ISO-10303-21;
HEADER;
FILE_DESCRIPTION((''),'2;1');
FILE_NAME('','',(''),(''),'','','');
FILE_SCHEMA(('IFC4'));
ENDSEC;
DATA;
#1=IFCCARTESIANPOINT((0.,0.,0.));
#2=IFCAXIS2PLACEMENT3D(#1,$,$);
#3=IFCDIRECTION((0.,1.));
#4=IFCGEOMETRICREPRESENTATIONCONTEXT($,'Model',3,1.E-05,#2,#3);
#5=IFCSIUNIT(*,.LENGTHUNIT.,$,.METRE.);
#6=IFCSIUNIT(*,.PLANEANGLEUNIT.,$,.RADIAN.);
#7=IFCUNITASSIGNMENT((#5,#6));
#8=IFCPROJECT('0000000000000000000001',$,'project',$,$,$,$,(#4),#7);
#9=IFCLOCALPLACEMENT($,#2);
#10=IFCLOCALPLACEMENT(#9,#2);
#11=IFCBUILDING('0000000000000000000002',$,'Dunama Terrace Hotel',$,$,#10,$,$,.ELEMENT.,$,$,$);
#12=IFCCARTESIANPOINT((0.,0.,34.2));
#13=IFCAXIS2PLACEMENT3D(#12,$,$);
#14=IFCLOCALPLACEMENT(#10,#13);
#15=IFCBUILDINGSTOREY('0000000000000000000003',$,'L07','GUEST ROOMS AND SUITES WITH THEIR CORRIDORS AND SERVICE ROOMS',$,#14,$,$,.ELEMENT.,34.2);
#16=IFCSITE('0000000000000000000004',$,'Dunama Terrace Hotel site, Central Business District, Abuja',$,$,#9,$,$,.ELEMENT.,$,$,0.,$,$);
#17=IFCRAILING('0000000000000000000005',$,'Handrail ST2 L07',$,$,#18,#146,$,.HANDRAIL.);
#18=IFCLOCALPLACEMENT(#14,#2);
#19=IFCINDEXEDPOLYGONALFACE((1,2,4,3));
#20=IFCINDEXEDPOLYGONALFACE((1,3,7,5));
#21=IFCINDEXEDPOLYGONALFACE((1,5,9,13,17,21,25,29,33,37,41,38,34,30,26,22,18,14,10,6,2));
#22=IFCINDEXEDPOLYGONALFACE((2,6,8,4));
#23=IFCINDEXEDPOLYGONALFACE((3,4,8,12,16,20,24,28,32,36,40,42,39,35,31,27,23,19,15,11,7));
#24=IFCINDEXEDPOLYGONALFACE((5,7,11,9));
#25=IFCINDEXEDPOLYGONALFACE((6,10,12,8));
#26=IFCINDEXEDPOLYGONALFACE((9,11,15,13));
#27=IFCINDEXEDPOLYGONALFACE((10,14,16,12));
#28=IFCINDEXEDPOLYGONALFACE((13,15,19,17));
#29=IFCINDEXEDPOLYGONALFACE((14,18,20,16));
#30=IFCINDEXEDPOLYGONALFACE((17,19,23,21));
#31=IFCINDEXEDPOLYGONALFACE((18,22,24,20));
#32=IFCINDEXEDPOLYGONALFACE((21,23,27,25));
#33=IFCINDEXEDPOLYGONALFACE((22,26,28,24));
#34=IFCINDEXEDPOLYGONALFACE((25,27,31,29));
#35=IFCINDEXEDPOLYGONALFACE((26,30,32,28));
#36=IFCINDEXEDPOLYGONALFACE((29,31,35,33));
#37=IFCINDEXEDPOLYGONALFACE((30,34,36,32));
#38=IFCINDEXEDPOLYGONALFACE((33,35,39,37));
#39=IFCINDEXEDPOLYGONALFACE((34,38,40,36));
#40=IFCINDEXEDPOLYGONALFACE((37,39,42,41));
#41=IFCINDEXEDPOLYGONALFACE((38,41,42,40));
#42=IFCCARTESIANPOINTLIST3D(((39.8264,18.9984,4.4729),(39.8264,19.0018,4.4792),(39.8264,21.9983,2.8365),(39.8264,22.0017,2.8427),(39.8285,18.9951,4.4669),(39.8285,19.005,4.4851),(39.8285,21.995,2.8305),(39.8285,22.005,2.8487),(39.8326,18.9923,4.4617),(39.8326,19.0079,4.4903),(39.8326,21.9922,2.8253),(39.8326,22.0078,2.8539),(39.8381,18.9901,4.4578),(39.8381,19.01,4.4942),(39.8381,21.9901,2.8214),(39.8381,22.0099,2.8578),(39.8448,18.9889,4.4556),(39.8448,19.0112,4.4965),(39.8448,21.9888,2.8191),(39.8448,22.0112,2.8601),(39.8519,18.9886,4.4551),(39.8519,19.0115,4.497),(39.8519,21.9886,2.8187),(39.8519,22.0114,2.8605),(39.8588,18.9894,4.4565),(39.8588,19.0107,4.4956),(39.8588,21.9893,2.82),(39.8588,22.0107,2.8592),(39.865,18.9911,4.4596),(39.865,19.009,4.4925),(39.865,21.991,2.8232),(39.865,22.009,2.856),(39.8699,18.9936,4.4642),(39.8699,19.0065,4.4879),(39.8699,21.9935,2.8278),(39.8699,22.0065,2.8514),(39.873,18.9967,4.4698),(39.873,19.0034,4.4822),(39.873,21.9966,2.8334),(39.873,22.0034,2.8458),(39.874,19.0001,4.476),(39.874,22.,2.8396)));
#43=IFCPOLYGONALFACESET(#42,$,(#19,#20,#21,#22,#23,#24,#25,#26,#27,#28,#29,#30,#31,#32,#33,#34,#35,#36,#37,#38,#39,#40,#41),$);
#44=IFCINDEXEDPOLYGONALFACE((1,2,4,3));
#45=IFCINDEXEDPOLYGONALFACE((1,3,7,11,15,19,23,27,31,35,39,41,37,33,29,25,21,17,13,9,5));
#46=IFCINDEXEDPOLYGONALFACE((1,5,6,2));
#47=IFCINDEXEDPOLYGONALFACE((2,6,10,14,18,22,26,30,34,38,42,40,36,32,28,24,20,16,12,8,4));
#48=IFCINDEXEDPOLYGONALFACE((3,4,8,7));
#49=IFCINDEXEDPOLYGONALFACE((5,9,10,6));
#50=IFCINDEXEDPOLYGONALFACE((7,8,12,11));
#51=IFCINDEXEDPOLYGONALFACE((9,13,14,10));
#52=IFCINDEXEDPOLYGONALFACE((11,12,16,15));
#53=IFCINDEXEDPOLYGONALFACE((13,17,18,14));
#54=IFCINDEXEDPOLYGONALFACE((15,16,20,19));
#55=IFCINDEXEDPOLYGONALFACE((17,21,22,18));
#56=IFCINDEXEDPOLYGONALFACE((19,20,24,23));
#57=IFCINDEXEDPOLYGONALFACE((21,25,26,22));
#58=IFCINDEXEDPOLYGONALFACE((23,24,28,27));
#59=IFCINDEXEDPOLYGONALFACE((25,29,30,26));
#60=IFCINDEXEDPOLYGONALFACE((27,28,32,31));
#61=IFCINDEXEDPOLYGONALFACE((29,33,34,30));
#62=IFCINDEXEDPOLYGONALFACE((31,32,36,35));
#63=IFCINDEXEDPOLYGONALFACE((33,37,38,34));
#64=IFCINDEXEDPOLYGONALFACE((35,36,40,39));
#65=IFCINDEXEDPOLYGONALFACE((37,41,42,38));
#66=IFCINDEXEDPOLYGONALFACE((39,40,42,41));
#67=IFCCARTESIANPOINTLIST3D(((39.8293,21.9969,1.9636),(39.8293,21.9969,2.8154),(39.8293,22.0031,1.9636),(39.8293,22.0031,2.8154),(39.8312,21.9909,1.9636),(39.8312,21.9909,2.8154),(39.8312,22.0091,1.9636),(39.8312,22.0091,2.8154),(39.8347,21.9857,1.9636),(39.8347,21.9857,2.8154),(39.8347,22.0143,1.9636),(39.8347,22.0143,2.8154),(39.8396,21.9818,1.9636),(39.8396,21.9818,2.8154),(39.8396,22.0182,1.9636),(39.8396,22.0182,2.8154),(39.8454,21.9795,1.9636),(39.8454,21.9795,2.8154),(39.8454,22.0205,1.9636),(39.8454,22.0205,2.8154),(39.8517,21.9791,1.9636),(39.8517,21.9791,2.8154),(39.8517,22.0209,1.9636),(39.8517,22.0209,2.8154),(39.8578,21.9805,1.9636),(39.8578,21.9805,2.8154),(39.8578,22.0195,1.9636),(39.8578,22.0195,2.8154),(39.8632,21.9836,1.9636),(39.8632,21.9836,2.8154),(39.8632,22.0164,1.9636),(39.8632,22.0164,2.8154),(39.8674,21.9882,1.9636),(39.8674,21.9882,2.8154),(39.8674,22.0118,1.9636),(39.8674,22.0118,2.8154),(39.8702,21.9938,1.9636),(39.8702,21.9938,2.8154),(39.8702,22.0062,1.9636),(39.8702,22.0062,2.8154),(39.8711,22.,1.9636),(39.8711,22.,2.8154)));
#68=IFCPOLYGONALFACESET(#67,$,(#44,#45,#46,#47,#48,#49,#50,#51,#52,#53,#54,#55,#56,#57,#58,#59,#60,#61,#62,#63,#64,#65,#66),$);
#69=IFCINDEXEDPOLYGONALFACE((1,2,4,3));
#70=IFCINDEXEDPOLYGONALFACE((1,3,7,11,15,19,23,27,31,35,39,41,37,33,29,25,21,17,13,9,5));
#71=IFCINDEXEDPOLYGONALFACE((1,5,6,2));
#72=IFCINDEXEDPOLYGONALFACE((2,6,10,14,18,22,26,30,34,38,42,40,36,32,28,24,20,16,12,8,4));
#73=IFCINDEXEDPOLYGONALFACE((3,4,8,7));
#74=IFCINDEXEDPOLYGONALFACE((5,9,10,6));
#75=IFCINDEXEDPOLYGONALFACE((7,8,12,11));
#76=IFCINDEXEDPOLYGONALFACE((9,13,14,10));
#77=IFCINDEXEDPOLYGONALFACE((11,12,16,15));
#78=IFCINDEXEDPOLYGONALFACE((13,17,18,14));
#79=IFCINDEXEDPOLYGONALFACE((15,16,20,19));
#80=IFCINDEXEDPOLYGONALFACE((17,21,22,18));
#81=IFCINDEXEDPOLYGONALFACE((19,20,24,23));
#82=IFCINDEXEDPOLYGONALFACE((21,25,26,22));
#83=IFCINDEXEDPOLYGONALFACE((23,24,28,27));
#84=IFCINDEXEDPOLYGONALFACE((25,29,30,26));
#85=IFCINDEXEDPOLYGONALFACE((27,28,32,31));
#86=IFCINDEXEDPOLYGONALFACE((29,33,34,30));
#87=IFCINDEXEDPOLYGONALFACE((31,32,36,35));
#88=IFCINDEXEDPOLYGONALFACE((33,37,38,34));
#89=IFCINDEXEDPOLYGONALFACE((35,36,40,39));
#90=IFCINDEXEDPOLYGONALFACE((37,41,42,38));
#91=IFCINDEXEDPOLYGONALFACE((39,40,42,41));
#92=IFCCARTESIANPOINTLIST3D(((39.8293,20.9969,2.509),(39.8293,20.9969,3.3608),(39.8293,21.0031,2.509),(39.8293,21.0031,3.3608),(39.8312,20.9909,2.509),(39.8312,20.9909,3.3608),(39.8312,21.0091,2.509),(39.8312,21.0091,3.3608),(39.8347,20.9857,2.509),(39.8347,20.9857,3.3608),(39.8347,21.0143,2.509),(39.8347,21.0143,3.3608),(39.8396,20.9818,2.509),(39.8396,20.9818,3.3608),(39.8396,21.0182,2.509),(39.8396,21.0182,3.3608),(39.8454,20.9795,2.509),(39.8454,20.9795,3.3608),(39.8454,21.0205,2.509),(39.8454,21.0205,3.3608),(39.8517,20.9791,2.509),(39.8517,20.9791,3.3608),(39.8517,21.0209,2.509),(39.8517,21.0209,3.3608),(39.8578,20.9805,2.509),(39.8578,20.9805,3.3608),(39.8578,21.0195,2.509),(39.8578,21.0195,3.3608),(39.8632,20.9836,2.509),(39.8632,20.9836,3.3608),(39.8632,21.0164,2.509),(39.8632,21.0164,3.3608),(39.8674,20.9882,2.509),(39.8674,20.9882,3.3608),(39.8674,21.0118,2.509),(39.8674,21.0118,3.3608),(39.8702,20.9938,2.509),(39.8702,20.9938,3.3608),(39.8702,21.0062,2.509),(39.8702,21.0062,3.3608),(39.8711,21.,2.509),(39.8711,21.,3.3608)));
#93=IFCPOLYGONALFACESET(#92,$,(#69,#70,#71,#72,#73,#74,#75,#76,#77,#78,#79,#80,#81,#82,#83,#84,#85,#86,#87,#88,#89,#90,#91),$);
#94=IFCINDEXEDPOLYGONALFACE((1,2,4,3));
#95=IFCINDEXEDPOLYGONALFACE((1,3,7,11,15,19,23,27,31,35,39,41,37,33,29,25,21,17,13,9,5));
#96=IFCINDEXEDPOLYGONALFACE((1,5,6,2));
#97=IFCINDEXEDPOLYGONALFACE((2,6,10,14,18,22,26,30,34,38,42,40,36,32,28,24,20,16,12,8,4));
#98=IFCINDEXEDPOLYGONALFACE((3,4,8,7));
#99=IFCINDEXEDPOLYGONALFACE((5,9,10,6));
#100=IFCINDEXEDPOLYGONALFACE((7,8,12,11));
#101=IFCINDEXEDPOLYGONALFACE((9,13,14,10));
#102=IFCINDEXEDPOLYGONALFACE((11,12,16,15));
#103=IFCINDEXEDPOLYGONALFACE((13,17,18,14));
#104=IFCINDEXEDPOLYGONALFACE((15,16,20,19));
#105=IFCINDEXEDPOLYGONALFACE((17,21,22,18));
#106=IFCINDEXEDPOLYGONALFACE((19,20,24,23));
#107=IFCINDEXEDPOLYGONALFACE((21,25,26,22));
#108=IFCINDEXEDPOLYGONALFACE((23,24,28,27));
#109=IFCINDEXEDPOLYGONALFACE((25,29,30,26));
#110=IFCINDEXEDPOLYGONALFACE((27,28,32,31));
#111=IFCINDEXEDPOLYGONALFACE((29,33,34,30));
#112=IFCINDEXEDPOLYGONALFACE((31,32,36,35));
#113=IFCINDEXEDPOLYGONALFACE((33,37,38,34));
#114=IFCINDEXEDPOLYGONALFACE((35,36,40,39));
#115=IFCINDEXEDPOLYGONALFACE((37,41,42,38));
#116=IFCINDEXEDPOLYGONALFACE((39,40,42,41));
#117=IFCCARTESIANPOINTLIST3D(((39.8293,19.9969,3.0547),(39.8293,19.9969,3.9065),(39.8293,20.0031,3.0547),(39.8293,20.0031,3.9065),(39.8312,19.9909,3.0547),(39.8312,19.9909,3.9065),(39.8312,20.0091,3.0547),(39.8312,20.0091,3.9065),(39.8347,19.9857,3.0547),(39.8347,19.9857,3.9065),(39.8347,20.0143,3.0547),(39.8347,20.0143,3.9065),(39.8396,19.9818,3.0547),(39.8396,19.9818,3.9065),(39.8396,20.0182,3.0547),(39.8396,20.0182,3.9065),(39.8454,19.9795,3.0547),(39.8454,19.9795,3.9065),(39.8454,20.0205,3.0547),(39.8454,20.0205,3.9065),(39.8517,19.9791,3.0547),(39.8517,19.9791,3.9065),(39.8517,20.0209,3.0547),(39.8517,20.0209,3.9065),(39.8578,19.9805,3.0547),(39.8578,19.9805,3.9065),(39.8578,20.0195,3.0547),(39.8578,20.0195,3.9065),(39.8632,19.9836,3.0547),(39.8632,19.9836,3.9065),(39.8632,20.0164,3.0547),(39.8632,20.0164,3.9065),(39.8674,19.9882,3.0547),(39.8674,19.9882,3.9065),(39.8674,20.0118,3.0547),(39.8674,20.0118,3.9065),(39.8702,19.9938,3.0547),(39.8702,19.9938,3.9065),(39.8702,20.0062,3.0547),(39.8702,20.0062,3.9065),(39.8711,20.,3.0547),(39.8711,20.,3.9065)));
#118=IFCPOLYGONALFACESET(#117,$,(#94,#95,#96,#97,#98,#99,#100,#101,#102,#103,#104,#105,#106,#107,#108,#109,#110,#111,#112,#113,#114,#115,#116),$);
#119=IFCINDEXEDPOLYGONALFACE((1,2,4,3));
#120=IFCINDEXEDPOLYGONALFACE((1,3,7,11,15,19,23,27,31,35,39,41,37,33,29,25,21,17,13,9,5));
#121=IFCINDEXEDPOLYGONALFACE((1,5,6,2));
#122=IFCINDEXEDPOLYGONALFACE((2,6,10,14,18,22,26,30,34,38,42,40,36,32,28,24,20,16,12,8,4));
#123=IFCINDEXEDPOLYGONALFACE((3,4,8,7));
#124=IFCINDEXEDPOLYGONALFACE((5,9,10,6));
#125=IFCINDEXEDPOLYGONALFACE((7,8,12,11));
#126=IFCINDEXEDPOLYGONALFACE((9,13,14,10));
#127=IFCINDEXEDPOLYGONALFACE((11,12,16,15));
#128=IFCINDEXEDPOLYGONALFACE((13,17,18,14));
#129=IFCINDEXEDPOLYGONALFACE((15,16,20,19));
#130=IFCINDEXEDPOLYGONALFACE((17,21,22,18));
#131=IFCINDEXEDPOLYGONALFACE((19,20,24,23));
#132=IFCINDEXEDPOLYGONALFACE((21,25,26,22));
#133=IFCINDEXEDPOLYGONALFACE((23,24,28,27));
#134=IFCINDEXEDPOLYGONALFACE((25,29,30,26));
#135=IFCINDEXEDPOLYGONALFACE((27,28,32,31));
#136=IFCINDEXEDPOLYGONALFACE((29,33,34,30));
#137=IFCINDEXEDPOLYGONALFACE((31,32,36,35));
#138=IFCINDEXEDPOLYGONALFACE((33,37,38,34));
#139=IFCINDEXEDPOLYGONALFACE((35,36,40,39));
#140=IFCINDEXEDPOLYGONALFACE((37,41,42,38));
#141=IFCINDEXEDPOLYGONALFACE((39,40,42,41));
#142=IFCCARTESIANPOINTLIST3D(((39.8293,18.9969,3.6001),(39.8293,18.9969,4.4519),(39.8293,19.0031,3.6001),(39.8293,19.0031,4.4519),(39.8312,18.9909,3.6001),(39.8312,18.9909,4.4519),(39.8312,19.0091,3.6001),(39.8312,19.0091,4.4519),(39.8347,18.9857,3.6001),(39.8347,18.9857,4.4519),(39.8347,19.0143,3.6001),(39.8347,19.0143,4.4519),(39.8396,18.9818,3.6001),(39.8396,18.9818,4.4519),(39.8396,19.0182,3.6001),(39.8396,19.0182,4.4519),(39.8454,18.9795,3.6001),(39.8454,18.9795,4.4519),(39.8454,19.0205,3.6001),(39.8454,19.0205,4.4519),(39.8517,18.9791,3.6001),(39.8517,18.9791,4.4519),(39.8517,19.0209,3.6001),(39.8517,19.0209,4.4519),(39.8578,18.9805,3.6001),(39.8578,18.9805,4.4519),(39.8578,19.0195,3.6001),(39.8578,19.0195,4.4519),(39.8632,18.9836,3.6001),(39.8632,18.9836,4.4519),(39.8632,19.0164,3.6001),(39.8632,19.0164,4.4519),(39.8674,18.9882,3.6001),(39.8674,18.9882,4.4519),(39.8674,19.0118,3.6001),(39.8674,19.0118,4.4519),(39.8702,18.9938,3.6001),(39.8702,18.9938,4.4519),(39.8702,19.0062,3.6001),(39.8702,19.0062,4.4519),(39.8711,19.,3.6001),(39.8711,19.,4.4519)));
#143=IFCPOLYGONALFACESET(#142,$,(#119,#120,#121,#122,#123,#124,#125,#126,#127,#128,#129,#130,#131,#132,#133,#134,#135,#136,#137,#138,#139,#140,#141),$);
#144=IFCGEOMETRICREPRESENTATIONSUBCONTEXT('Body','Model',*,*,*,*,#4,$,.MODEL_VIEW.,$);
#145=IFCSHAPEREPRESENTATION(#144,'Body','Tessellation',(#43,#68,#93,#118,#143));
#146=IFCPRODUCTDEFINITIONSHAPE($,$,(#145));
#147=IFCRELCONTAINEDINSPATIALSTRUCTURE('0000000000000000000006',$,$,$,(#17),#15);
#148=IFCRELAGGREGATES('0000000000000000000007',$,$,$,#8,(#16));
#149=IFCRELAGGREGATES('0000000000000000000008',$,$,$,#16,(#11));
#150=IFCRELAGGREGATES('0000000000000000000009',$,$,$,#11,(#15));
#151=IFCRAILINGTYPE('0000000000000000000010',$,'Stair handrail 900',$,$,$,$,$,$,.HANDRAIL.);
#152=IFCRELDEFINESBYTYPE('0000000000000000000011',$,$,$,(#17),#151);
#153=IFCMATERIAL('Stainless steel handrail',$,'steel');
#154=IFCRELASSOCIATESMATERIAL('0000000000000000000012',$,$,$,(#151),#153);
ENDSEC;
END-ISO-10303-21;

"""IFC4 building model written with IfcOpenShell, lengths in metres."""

from ifc_helpers import new_model, si_unit, direction, frame, origin, origin_2d, place, context, subcontext, project, spatial, circle, extrude, material, type_object, element, save


model = new_model("IFC4")

# Units and contexts
model_context = context("Model", 3, precision=1e-05, world=origin(), true_north=direction((0.0, 1.0)))
body_context = subcontext(model_context, "Body", "Model", "MODEL_VIEW")
ifc_project = project(units=[si_unit("LENGTHUNIT", "METRE"), si_unit("PLANEANGLEUNIT", "RADIAN")], contexts=[model_context])

# Site, building, storey
site_placement = place(None, origin())
site = spatial("IfcSite", under=ifc_project, at=site_placement, Name="Dunama Terrace Hotel site, Central Business District, Abuja", CompositionType="ELEMENT", RefElevation=0.0)
building_placement = place(site_placement, origin())
building = spatial("IfcBuilding", under=site, at=building_placement, Name="Dunama Terrace Hotel", CompositionType="ELEMENT")
storey_placement = place(building_placement, frame((0.0, 0.0, 34.2)))
storey = spatial("IfcBuildingStorey", under=building, at=storey_placement, Name="L07", Description="GUEST ROOMS AND SUITES WITH THEIR CORRIDORS AND SERVICE ROOMS", CompositionType="ELEMENT", Elevation=34.2)

# Railing
ifc_material_1 = material(Name="Stainless steel handrail", Category="steel")
railing_type = type_object("IfcRailingType", Name="Stair handrail 900", PredefinedType="HANDRAIL", material=ifc_material_1)
railing_1_placement = place(storey_placement, frame((39.8501, 22.0, 1.9636)))
element("IfcRailing", 1, at=railing_1_placement, inside=storey, type_object=railing_type, Name="Handrail ST2 L07", PredefinedType="HANDRAIL", context=body_context, shape_type="SweptSolid", body=[
    extrude(circle(Radius=0.0239, at=origin_2d()), frame((0.0, 0.0, 0.876), z_axis=(0.0, -0.877882, 0.478877), x_axis=(1.0, 0.0, 0.0)), (0.0, 0.0, 1.0), 3.4172),
    extrude(circle(Radius=0.021, at=origin_2d()), origin(), (0.0, 0.0, 1.0), 0.8518),
    extrude(circle(Radius=0.021, at=origin_2d()), frame((0.0, -1.0, 0.5454)), (0.0, 0.0, 1.0), 0.8518),
    extrude(circle(Radius=0.021, at=origin_2d()), frame((0.0, -2.0, 1.0911)), (0.0, 0.0, 1.0), 0.8518),
    extrude(circle(Radius=0.021, at=origin_2d()), frame((0.0, -3.0, 1.6365)), (0.0, 0.0, 1.0), 0.8518),
])

save(model, "model.ifc")
